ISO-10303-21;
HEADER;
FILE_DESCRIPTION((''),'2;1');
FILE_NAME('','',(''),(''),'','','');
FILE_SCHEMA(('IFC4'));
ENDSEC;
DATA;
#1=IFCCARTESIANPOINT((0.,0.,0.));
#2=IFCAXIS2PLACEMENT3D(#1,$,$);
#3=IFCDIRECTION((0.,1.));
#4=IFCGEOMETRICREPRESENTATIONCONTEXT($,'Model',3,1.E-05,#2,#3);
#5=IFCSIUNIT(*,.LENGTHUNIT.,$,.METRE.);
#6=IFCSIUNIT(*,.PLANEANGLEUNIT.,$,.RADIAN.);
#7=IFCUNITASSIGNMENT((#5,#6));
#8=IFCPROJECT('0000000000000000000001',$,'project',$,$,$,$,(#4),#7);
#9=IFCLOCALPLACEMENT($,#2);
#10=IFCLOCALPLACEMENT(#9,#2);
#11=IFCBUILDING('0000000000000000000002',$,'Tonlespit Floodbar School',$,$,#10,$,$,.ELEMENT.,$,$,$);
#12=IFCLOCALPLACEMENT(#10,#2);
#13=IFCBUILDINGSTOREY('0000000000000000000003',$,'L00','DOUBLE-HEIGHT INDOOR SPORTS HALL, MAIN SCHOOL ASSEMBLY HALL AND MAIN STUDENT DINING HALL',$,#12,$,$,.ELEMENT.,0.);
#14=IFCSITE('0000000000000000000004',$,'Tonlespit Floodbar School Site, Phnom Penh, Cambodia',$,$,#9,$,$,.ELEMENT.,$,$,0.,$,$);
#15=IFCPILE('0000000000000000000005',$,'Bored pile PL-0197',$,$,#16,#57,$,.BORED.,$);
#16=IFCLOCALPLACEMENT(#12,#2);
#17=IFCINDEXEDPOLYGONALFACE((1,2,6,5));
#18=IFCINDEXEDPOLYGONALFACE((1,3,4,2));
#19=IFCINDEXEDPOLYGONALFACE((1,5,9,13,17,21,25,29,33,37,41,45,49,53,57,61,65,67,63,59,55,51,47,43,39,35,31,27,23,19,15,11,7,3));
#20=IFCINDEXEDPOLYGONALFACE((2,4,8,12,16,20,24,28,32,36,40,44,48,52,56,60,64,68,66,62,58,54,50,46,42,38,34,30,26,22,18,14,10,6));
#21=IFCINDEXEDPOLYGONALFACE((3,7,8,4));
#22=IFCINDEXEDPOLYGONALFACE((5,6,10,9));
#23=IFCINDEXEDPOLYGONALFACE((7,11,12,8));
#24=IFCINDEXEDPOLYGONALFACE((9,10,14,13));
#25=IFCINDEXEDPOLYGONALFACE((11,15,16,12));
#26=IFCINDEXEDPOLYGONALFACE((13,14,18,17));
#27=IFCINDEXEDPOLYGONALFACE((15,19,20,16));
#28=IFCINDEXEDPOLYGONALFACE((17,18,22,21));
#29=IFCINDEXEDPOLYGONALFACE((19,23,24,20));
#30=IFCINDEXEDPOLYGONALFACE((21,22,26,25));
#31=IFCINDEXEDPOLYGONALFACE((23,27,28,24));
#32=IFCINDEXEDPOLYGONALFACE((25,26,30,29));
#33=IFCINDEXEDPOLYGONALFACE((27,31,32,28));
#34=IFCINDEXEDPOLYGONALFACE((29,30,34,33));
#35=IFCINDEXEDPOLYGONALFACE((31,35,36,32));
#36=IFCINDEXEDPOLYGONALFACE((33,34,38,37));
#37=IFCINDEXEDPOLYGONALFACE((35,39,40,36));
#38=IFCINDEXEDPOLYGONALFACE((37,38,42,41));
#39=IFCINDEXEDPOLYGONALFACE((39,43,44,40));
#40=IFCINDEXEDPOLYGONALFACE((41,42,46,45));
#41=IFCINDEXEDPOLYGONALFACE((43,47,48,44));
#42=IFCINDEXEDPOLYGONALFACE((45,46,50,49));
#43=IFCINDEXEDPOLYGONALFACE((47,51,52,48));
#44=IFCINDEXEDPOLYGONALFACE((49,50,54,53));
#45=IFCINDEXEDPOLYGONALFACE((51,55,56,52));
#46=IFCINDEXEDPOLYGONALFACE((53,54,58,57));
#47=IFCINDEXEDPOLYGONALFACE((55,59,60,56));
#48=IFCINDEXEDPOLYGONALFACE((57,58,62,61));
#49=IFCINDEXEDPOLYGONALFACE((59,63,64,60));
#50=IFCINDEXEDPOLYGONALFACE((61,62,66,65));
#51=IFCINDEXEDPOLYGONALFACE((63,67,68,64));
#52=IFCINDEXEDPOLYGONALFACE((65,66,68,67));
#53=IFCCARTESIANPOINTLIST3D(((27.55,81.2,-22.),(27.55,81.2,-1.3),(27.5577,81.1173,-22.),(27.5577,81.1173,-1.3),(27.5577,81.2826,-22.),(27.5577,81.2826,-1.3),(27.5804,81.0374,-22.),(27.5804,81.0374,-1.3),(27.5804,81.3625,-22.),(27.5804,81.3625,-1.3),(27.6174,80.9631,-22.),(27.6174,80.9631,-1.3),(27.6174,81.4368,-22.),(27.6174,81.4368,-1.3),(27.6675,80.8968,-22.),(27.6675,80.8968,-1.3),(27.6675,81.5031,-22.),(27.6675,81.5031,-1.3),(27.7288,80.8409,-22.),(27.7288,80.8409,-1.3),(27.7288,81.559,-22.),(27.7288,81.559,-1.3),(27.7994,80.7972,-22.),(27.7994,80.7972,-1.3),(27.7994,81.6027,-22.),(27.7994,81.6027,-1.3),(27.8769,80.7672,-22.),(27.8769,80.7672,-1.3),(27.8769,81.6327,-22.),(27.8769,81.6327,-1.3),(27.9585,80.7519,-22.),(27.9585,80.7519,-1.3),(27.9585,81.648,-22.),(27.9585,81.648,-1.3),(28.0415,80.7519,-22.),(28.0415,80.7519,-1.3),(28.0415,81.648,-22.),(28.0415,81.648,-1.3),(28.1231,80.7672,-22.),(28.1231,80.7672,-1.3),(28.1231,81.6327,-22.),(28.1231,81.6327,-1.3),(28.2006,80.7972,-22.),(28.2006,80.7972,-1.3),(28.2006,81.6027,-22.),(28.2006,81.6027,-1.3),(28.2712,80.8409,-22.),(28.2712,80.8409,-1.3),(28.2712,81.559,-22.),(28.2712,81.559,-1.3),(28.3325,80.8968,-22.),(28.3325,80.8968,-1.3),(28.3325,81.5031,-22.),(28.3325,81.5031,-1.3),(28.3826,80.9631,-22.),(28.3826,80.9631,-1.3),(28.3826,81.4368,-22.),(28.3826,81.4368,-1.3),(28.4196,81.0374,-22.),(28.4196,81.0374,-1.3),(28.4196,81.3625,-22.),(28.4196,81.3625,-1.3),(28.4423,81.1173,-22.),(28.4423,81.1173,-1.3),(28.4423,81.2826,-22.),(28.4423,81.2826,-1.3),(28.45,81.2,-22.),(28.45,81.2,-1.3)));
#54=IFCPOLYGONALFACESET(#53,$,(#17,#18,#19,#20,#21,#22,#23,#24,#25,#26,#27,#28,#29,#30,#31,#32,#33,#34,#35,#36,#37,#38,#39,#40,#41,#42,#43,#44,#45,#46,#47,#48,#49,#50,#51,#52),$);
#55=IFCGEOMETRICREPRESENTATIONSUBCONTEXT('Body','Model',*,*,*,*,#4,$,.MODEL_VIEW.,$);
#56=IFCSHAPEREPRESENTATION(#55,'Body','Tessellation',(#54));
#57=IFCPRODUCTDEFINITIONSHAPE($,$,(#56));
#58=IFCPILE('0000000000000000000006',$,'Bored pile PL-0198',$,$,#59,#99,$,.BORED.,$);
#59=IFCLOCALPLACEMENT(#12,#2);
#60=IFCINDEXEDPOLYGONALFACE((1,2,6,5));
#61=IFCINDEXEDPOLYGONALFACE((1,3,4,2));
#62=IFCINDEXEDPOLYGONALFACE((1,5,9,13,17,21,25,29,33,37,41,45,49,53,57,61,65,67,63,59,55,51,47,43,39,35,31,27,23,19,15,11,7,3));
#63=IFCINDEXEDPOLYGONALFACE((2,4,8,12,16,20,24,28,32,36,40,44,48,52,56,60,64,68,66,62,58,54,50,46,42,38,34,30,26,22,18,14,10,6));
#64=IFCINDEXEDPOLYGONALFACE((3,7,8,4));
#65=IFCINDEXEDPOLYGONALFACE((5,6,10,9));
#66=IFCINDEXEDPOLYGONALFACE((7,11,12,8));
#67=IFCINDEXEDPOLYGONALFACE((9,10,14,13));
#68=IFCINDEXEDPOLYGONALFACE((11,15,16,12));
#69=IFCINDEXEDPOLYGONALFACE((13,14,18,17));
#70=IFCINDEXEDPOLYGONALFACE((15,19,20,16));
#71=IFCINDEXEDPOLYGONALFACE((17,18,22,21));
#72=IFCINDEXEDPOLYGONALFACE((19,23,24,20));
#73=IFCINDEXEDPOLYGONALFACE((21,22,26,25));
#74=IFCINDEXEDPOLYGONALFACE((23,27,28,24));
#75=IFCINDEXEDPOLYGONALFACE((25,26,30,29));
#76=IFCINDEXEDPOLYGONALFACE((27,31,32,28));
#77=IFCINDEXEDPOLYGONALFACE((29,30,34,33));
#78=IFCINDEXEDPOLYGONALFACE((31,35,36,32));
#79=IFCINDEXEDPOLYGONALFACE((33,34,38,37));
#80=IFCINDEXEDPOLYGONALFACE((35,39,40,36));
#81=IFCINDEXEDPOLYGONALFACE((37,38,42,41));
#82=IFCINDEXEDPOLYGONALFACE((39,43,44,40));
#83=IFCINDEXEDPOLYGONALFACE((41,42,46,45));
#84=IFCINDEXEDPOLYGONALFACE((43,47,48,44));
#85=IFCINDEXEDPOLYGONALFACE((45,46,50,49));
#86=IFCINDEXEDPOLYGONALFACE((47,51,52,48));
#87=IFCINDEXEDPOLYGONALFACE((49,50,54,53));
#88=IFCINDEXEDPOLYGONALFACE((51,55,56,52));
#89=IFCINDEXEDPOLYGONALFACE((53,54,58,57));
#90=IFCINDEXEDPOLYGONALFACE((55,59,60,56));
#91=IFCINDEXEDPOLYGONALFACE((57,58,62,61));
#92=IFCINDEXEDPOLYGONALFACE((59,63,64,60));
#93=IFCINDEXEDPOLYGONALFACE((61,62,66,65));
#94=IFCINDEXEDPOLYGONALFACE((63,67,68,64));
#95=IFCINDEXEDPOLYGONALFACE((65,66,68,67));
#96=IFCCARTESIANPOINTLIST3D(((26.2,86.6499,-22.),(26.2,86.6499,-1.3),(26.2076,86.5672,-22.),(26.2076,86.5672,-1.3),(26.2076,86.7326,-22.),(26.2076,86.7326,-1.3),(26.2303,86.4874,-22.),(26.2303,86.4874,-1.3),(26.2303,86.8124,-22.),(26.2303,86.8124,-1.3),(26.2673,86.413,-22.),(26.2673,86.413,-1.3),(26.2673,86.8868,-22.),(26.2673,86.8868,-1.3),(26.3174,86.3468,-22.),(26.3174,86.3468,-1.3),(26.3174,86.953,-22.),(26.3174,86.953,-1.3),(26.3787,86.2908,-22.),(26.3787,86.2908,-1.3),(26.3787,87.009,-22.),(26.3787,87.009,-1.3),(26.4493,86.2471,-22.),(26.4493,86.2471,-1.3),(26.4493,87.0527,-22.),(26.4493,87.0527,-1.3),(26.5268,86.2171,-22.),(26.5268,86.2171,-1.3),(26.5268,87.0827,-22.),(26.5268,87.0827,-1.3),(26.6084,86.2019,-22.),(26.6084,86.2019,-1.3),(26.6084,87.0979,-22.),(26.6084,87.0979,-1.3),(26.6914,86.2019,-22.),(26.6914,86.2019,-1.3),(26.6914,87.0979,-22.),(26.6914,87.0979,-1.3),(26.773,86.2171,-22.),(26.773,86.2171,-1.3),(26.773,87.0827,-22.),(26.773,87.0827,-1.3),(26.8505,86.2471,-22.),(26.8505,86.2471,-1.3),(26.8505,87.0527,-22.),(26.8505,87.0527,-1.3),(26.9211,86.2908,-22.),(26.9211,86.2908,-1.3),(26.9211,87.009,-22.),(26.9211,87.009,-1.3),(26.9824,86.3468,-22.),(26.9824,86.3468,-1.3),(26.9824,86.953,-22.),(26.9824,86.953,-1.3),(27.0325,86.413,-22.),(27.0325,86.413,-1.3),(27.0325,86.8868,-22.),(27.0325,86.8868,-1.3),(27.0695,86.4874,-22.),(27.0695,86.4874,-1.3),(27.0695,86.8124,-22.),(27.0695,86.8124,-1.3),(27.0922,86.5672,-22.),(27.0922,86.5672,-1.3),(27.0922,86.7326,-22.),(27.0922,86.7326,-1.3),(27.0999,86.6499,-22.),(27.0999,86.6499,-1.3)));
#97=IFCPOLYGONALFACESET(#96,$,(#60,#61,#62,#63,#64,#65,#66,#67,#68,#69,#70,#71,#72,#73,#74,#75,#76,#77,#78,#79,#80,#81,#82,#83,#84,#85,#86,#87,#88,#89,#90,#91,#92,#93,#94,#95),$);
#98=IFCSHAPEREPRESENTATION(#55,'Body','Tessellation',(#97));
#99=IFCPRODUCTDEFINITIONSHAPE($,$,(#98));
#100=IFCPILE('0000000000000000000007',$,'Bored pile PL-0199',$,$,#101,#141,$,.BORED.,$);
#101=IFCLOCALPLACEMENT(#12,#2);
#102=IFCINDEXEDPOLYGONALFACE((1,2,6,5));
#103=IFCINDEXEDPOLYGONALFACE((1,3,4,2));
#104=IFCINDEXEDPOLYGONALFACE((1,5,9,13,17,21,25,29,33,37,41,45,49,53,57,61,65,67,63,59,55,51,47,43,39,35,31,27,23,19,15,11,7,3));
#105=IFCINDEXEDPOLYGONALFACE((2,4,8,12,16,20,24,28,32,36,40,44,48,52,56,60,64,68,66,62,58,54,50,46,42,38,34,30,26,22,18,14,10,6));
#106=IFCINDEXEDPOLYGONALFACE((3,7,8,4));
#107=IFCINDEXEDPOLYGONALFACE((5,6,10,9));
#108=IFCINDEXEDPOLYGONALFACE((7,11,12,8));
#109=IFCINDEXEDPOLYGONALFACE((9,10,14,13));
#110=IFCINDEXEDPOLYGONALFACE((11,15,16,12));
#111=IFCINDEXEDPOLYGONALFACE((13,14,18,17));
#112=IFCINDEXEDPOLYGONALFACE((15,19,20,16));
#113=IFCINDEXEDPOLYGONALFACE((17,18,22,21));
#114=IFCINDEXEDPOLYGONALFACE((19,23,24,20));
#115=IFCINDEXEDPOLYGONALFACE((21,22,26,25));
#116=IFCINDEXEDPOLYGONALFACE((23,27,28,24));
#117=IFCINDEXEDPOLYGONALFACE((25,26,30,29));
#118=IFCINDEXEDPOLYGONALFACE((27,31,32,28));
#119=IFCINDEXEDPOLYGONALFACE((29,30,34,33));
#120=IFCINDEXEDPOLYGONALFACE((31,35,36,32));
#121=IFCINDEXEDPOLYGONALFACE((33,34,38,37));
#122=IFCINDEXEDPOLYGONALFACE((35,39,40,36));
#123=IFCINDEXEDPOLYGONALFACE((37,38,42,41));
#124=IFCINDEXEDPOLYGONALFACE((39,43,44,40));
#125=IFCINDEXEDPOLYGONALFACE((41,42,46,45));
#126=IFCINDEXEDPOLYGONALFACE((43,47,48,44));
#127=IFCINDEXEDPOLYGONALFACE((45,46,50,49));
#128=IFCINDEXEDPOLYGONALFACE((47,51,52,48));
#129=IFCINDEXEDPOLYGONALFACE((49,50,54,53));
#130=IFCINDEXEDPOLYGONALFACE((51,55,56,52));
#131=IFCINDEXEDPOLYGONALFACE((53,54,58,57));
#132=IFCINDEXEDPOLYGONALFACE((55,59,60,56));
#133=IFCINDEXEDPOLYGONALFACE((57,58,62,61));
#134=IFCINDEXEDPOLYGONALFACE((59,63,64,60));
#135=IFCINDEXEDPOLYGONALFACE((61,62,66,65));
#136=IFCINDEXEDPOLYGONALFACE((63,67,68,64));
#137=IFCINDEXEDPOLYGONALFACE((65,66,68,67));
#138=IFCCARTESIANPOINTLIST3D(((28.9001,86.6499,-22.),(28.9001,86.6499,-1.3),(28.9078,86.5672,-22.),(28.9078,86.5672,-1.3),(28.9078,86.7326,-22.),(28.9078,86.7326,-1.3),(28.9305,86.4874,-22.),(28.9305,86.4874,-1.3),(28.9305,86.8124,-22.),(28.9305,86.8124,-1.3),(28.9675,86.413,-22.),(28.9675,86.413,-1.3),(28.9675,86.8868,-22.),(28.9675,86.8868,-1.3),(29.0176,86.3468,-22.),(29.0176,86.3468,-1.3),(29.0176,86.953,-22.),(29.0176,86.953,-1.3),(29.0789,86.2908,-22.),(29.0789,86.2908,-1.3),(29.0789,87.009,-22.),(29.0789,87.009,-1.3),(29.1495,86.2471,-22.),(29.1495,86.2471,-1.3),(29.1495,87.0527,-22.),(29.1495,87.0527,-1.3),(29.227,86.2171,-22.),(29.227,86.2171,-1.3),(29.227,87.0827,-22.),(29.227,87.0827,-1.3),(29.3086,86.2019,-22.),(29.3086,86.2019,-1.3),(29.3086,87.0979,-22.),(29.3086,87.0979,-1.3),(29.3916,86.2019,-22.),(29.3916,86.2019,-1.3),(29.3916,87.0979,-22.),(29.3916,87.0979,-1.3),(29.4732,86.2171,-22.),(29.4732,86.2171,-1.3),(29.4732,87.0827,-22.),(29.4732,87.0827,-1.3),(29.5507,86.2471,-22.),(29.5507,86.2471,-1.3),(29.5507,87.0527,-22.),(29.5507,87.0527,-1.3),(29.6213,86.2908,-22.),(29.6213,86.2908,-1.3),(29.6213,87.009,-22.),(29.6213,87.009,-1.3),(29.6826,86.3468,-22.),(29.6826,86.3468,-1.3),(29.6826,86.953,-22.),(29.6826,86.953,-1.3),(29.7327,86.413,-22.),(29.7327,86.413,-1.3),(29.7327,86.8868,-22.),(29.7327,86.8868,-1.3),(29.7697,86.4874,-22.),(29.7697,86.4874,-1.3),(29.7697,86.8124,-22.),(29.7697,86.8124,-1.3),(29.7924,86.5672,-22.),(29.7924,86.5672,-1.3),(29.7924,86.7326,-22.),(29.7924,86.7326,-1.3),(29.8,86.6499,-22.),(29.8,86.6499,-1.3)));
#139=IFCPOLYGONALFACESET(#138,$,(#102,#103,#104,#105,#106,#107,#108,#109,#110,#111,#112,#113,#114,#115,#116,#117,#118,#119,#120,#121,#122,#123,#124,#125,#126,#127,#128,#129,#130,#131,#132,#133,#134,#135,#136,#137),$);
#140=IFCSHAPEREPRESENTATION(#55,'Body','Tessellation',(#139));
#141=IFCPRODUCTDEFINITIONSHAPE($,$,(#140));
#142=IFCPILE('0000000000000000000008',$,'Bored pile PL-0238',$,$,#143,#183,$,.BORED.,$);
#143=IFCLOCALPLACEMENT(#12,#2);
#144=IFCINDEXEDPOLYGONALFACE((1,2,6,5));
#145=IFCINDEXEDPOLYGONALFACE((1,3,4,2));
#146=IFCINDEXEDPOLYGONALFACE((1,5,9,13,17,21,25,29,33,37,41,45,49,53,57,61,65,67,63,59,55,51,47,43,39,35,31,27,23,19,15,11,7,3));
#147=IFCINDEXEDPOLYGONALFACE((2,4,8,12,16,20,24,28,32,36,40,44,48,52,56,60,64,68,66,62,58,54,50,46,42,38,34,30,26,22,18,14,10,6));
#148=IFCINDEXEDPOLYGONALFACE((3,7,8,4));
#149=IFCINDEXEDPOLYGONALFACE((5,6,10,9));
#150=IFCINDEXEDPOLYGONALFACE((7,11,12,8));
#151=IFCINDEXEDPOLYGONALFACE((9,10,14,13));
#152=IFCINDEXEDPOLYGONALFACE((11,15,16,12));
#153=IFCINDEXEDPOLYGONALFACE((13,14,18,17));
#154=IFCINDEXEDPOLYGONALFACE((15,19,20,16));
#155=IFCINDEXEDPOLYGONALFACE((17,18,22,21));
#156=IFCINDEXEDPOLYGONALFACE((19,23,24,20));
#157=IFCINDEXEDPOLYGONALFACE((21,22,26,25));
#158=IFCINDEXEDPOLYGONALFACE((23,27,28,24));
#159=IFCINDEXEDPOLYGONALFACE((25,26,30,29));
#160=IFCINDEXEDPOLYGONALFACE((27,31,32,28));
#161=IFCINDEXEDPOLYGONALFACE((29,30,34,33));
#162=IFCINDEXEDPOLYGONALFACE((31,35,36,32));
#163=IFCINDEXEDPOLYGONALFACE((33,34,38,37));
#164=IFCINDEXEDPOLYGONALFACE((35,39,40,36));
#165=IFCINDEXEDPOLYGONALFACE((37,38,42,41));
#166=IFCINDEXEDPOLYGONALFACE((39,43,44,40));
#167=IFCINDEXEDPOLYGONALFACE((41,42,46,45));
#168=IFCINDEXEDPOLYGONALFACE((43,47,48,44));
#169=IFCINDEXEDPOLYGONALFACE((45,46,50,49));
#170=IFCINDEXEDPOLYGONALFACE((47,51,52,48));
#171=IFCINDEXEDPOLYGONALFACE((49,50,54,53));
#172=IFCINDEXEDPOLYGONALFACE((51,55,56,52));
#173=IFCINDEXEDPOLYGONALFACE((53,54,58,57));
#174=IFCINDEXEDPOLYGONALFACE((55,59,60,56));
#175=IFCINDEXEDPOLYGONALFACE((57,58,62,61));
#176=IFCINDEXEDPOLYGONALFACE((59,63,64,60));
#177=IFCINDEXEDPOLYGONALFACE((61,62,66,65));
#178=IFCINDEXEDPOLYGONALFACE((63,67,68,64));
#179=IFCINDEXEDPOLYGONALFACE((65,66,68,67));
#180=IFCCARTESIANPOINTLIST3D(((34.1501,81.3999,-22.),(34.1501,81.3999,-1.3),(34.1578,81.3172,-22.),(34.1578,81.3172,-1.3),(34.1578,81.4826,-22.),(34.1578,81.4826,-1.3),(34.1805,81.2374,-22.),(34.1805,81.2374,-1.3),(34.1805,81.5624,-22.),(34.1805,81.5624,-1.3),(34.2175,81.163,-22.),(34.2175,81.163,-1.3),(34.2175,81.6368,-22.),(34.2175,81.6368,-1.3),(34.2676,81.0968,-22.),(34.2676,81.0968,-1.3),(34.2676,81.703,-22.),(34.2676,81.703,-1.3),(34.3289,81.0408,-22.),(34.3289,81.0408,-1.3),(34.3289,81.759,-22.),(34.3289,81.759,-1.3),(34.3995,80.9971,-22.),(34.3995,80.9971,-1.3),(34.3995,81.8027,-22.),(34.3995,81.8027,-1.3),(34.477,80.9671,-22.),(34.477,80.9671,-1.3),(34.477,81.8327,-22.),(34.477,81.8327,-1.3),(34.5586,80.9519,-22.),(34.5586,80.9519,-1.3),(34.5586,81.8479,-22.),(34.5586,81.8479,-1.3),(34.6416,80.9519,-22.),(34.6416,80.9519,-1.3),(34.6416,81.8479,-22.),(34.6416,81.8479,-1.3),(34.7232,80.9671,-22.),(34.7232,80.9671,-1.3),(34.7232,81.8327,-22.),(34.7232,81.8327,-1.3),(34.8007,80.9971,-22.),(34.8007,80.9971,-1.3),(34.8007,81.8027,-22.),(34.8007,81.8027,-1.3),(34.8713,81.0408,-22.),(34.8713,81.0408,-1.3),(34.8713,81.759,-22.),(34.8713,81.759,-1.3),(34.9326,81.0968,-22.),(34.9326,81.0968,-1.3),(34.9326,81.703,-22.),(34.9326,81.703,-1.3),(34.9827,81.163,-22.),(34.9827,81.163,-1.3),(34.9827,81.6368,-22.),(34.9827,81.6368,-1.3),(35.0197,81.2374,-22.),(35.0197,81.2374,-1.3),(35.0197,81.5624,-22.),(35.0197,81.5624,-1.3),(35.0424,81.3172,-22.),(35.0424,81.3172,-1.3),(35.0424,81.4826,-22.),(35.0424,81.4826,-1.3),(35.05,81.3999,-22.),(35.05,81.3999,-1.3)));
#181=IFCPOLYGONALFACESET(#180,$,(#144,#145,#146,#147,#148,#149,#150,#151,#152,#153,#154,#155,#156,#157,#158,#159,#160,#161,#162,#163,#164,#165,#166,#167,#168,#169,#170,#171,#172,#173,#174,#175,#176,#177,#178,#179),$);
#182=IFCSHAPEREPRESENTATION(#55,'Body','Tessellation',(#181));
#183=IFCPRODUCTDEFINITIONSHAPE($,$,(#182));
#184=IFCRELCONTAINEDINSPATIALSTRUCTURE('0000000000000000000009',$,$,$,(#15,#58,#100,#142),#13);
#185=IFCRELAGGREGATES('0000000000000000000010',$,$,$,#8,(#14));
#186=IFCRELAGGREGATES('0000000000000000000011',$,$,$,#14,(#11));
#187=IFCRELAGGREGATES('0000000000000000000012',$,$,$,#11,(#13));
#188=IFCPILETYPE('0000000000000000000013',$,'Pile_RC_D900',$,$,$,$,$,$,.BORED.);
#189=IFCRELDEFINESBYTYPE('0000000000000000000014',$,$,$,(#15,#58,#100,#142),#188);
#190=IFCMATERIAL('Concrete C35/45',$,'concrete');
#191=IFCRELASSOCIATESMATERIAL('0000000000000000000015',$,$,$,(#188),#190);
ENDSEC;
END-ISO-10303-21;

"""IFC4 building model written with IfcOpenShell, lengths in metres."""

from ifc_helpers import new_model, si_unit, direction, frame, origin, origin_2d, place, context, subcontext, project, spatial, circle, extrude, material, material_profile, profile_set, type_object, element, save


model = new_model("IFC4")

# Units and contexts
model_context = context("Model", 3, precision=1e-05, world=origin(), true_north=direction((0.0, 1.0)))
body_context = subcontext(model_context, "Body", "Model", "MODEL_VIEW")
ifc_project = project(units=[si_unit("LENGTHUNIT", "METRE"), si_unit("PLANEANGLEUNIT", "RADIAN")], contexts=[model_context])

# Site, building, storey
site_placement = place(None, origin())
site = spatial("IfcSite", under=ifc_project, at=site_placement, Name="Tonlespit Floodbar School Site, Phnom Penh, Cambodia", CompositionType="ELEMENT", RefElevation=0.0)
building_placement = place(site_placement, origin())
building = spatial("IfcBuilding", under=site, at=building_placement, Name="Tonlespit Floodbar School", CompositionType="ELEMENT")
storey_placement = place(building_placement, origin())
storey = spatial("IfcBuildingStorey", under=building, at=storey_placement, Name="L00", Description="DOUBLE-HEIGHT INDOOR SPORTS HALL, MAIN SCHOOL ASSEMBLY HALL AND MAIN STUDENT DINING HALL", CompositionType="ELEMENT", Elevation=0.0)

# Piles
ifc_material_1 = material(Name="Concrete C35/45", Category="concrete")
ifc_material_profile_1 = material_profile(ifc_material_1, circle(Radius=0.45, at=origin_2d()), Name="BP D900")
ifc_profile_set_1 = profile_set([ifc_material_profile_1], Name="Concrete C35/45")
pile_type = type_object("IfcPileType", Name="Pile_RC_D900", PredefinedType="BORED", material=ifc_profile_set_1)
for number, where, z_axis, x_axis, name in (
    (1, (28.0, 81.2, -1.3), (0.0, 0.0, -1.0), (1.0, 0.0, 0.0), "Bored pile PL-0197"),
    (2, (26.6499, 86.6499, -1.3), (0.0, 0.0, -1.0), (1.0, 0.0, 0.0), "Bored pile PL-0198"),
    (3, (29.3501, 86.6499, -1.3), (0.0, 0.0, -1.0), (1.0, 0.0, 0.0), "Bored pile PL-0199"),
    (4, (34.6001, 81.3999, -1.3), (0.0, 0.0, -1.0), (1.0, 0.0, 0.0), "Bored pile PL-0238"),
):
    element("IfcPile", number, at=place(storey_placement, frame(where, z_axis=z_axis, x_axis=x_axis)), inside=storey, type_object=pile_type, Name=name, PredefinedType="BORED", context=body_context, shape_type="SweptSolid", body=[
        extrude(circle(Radius=0.45, at=origin_2d()), origin(), (0.0, 0.0, 1.0), 20.7),
    ])

save(model, "model.ifc")
